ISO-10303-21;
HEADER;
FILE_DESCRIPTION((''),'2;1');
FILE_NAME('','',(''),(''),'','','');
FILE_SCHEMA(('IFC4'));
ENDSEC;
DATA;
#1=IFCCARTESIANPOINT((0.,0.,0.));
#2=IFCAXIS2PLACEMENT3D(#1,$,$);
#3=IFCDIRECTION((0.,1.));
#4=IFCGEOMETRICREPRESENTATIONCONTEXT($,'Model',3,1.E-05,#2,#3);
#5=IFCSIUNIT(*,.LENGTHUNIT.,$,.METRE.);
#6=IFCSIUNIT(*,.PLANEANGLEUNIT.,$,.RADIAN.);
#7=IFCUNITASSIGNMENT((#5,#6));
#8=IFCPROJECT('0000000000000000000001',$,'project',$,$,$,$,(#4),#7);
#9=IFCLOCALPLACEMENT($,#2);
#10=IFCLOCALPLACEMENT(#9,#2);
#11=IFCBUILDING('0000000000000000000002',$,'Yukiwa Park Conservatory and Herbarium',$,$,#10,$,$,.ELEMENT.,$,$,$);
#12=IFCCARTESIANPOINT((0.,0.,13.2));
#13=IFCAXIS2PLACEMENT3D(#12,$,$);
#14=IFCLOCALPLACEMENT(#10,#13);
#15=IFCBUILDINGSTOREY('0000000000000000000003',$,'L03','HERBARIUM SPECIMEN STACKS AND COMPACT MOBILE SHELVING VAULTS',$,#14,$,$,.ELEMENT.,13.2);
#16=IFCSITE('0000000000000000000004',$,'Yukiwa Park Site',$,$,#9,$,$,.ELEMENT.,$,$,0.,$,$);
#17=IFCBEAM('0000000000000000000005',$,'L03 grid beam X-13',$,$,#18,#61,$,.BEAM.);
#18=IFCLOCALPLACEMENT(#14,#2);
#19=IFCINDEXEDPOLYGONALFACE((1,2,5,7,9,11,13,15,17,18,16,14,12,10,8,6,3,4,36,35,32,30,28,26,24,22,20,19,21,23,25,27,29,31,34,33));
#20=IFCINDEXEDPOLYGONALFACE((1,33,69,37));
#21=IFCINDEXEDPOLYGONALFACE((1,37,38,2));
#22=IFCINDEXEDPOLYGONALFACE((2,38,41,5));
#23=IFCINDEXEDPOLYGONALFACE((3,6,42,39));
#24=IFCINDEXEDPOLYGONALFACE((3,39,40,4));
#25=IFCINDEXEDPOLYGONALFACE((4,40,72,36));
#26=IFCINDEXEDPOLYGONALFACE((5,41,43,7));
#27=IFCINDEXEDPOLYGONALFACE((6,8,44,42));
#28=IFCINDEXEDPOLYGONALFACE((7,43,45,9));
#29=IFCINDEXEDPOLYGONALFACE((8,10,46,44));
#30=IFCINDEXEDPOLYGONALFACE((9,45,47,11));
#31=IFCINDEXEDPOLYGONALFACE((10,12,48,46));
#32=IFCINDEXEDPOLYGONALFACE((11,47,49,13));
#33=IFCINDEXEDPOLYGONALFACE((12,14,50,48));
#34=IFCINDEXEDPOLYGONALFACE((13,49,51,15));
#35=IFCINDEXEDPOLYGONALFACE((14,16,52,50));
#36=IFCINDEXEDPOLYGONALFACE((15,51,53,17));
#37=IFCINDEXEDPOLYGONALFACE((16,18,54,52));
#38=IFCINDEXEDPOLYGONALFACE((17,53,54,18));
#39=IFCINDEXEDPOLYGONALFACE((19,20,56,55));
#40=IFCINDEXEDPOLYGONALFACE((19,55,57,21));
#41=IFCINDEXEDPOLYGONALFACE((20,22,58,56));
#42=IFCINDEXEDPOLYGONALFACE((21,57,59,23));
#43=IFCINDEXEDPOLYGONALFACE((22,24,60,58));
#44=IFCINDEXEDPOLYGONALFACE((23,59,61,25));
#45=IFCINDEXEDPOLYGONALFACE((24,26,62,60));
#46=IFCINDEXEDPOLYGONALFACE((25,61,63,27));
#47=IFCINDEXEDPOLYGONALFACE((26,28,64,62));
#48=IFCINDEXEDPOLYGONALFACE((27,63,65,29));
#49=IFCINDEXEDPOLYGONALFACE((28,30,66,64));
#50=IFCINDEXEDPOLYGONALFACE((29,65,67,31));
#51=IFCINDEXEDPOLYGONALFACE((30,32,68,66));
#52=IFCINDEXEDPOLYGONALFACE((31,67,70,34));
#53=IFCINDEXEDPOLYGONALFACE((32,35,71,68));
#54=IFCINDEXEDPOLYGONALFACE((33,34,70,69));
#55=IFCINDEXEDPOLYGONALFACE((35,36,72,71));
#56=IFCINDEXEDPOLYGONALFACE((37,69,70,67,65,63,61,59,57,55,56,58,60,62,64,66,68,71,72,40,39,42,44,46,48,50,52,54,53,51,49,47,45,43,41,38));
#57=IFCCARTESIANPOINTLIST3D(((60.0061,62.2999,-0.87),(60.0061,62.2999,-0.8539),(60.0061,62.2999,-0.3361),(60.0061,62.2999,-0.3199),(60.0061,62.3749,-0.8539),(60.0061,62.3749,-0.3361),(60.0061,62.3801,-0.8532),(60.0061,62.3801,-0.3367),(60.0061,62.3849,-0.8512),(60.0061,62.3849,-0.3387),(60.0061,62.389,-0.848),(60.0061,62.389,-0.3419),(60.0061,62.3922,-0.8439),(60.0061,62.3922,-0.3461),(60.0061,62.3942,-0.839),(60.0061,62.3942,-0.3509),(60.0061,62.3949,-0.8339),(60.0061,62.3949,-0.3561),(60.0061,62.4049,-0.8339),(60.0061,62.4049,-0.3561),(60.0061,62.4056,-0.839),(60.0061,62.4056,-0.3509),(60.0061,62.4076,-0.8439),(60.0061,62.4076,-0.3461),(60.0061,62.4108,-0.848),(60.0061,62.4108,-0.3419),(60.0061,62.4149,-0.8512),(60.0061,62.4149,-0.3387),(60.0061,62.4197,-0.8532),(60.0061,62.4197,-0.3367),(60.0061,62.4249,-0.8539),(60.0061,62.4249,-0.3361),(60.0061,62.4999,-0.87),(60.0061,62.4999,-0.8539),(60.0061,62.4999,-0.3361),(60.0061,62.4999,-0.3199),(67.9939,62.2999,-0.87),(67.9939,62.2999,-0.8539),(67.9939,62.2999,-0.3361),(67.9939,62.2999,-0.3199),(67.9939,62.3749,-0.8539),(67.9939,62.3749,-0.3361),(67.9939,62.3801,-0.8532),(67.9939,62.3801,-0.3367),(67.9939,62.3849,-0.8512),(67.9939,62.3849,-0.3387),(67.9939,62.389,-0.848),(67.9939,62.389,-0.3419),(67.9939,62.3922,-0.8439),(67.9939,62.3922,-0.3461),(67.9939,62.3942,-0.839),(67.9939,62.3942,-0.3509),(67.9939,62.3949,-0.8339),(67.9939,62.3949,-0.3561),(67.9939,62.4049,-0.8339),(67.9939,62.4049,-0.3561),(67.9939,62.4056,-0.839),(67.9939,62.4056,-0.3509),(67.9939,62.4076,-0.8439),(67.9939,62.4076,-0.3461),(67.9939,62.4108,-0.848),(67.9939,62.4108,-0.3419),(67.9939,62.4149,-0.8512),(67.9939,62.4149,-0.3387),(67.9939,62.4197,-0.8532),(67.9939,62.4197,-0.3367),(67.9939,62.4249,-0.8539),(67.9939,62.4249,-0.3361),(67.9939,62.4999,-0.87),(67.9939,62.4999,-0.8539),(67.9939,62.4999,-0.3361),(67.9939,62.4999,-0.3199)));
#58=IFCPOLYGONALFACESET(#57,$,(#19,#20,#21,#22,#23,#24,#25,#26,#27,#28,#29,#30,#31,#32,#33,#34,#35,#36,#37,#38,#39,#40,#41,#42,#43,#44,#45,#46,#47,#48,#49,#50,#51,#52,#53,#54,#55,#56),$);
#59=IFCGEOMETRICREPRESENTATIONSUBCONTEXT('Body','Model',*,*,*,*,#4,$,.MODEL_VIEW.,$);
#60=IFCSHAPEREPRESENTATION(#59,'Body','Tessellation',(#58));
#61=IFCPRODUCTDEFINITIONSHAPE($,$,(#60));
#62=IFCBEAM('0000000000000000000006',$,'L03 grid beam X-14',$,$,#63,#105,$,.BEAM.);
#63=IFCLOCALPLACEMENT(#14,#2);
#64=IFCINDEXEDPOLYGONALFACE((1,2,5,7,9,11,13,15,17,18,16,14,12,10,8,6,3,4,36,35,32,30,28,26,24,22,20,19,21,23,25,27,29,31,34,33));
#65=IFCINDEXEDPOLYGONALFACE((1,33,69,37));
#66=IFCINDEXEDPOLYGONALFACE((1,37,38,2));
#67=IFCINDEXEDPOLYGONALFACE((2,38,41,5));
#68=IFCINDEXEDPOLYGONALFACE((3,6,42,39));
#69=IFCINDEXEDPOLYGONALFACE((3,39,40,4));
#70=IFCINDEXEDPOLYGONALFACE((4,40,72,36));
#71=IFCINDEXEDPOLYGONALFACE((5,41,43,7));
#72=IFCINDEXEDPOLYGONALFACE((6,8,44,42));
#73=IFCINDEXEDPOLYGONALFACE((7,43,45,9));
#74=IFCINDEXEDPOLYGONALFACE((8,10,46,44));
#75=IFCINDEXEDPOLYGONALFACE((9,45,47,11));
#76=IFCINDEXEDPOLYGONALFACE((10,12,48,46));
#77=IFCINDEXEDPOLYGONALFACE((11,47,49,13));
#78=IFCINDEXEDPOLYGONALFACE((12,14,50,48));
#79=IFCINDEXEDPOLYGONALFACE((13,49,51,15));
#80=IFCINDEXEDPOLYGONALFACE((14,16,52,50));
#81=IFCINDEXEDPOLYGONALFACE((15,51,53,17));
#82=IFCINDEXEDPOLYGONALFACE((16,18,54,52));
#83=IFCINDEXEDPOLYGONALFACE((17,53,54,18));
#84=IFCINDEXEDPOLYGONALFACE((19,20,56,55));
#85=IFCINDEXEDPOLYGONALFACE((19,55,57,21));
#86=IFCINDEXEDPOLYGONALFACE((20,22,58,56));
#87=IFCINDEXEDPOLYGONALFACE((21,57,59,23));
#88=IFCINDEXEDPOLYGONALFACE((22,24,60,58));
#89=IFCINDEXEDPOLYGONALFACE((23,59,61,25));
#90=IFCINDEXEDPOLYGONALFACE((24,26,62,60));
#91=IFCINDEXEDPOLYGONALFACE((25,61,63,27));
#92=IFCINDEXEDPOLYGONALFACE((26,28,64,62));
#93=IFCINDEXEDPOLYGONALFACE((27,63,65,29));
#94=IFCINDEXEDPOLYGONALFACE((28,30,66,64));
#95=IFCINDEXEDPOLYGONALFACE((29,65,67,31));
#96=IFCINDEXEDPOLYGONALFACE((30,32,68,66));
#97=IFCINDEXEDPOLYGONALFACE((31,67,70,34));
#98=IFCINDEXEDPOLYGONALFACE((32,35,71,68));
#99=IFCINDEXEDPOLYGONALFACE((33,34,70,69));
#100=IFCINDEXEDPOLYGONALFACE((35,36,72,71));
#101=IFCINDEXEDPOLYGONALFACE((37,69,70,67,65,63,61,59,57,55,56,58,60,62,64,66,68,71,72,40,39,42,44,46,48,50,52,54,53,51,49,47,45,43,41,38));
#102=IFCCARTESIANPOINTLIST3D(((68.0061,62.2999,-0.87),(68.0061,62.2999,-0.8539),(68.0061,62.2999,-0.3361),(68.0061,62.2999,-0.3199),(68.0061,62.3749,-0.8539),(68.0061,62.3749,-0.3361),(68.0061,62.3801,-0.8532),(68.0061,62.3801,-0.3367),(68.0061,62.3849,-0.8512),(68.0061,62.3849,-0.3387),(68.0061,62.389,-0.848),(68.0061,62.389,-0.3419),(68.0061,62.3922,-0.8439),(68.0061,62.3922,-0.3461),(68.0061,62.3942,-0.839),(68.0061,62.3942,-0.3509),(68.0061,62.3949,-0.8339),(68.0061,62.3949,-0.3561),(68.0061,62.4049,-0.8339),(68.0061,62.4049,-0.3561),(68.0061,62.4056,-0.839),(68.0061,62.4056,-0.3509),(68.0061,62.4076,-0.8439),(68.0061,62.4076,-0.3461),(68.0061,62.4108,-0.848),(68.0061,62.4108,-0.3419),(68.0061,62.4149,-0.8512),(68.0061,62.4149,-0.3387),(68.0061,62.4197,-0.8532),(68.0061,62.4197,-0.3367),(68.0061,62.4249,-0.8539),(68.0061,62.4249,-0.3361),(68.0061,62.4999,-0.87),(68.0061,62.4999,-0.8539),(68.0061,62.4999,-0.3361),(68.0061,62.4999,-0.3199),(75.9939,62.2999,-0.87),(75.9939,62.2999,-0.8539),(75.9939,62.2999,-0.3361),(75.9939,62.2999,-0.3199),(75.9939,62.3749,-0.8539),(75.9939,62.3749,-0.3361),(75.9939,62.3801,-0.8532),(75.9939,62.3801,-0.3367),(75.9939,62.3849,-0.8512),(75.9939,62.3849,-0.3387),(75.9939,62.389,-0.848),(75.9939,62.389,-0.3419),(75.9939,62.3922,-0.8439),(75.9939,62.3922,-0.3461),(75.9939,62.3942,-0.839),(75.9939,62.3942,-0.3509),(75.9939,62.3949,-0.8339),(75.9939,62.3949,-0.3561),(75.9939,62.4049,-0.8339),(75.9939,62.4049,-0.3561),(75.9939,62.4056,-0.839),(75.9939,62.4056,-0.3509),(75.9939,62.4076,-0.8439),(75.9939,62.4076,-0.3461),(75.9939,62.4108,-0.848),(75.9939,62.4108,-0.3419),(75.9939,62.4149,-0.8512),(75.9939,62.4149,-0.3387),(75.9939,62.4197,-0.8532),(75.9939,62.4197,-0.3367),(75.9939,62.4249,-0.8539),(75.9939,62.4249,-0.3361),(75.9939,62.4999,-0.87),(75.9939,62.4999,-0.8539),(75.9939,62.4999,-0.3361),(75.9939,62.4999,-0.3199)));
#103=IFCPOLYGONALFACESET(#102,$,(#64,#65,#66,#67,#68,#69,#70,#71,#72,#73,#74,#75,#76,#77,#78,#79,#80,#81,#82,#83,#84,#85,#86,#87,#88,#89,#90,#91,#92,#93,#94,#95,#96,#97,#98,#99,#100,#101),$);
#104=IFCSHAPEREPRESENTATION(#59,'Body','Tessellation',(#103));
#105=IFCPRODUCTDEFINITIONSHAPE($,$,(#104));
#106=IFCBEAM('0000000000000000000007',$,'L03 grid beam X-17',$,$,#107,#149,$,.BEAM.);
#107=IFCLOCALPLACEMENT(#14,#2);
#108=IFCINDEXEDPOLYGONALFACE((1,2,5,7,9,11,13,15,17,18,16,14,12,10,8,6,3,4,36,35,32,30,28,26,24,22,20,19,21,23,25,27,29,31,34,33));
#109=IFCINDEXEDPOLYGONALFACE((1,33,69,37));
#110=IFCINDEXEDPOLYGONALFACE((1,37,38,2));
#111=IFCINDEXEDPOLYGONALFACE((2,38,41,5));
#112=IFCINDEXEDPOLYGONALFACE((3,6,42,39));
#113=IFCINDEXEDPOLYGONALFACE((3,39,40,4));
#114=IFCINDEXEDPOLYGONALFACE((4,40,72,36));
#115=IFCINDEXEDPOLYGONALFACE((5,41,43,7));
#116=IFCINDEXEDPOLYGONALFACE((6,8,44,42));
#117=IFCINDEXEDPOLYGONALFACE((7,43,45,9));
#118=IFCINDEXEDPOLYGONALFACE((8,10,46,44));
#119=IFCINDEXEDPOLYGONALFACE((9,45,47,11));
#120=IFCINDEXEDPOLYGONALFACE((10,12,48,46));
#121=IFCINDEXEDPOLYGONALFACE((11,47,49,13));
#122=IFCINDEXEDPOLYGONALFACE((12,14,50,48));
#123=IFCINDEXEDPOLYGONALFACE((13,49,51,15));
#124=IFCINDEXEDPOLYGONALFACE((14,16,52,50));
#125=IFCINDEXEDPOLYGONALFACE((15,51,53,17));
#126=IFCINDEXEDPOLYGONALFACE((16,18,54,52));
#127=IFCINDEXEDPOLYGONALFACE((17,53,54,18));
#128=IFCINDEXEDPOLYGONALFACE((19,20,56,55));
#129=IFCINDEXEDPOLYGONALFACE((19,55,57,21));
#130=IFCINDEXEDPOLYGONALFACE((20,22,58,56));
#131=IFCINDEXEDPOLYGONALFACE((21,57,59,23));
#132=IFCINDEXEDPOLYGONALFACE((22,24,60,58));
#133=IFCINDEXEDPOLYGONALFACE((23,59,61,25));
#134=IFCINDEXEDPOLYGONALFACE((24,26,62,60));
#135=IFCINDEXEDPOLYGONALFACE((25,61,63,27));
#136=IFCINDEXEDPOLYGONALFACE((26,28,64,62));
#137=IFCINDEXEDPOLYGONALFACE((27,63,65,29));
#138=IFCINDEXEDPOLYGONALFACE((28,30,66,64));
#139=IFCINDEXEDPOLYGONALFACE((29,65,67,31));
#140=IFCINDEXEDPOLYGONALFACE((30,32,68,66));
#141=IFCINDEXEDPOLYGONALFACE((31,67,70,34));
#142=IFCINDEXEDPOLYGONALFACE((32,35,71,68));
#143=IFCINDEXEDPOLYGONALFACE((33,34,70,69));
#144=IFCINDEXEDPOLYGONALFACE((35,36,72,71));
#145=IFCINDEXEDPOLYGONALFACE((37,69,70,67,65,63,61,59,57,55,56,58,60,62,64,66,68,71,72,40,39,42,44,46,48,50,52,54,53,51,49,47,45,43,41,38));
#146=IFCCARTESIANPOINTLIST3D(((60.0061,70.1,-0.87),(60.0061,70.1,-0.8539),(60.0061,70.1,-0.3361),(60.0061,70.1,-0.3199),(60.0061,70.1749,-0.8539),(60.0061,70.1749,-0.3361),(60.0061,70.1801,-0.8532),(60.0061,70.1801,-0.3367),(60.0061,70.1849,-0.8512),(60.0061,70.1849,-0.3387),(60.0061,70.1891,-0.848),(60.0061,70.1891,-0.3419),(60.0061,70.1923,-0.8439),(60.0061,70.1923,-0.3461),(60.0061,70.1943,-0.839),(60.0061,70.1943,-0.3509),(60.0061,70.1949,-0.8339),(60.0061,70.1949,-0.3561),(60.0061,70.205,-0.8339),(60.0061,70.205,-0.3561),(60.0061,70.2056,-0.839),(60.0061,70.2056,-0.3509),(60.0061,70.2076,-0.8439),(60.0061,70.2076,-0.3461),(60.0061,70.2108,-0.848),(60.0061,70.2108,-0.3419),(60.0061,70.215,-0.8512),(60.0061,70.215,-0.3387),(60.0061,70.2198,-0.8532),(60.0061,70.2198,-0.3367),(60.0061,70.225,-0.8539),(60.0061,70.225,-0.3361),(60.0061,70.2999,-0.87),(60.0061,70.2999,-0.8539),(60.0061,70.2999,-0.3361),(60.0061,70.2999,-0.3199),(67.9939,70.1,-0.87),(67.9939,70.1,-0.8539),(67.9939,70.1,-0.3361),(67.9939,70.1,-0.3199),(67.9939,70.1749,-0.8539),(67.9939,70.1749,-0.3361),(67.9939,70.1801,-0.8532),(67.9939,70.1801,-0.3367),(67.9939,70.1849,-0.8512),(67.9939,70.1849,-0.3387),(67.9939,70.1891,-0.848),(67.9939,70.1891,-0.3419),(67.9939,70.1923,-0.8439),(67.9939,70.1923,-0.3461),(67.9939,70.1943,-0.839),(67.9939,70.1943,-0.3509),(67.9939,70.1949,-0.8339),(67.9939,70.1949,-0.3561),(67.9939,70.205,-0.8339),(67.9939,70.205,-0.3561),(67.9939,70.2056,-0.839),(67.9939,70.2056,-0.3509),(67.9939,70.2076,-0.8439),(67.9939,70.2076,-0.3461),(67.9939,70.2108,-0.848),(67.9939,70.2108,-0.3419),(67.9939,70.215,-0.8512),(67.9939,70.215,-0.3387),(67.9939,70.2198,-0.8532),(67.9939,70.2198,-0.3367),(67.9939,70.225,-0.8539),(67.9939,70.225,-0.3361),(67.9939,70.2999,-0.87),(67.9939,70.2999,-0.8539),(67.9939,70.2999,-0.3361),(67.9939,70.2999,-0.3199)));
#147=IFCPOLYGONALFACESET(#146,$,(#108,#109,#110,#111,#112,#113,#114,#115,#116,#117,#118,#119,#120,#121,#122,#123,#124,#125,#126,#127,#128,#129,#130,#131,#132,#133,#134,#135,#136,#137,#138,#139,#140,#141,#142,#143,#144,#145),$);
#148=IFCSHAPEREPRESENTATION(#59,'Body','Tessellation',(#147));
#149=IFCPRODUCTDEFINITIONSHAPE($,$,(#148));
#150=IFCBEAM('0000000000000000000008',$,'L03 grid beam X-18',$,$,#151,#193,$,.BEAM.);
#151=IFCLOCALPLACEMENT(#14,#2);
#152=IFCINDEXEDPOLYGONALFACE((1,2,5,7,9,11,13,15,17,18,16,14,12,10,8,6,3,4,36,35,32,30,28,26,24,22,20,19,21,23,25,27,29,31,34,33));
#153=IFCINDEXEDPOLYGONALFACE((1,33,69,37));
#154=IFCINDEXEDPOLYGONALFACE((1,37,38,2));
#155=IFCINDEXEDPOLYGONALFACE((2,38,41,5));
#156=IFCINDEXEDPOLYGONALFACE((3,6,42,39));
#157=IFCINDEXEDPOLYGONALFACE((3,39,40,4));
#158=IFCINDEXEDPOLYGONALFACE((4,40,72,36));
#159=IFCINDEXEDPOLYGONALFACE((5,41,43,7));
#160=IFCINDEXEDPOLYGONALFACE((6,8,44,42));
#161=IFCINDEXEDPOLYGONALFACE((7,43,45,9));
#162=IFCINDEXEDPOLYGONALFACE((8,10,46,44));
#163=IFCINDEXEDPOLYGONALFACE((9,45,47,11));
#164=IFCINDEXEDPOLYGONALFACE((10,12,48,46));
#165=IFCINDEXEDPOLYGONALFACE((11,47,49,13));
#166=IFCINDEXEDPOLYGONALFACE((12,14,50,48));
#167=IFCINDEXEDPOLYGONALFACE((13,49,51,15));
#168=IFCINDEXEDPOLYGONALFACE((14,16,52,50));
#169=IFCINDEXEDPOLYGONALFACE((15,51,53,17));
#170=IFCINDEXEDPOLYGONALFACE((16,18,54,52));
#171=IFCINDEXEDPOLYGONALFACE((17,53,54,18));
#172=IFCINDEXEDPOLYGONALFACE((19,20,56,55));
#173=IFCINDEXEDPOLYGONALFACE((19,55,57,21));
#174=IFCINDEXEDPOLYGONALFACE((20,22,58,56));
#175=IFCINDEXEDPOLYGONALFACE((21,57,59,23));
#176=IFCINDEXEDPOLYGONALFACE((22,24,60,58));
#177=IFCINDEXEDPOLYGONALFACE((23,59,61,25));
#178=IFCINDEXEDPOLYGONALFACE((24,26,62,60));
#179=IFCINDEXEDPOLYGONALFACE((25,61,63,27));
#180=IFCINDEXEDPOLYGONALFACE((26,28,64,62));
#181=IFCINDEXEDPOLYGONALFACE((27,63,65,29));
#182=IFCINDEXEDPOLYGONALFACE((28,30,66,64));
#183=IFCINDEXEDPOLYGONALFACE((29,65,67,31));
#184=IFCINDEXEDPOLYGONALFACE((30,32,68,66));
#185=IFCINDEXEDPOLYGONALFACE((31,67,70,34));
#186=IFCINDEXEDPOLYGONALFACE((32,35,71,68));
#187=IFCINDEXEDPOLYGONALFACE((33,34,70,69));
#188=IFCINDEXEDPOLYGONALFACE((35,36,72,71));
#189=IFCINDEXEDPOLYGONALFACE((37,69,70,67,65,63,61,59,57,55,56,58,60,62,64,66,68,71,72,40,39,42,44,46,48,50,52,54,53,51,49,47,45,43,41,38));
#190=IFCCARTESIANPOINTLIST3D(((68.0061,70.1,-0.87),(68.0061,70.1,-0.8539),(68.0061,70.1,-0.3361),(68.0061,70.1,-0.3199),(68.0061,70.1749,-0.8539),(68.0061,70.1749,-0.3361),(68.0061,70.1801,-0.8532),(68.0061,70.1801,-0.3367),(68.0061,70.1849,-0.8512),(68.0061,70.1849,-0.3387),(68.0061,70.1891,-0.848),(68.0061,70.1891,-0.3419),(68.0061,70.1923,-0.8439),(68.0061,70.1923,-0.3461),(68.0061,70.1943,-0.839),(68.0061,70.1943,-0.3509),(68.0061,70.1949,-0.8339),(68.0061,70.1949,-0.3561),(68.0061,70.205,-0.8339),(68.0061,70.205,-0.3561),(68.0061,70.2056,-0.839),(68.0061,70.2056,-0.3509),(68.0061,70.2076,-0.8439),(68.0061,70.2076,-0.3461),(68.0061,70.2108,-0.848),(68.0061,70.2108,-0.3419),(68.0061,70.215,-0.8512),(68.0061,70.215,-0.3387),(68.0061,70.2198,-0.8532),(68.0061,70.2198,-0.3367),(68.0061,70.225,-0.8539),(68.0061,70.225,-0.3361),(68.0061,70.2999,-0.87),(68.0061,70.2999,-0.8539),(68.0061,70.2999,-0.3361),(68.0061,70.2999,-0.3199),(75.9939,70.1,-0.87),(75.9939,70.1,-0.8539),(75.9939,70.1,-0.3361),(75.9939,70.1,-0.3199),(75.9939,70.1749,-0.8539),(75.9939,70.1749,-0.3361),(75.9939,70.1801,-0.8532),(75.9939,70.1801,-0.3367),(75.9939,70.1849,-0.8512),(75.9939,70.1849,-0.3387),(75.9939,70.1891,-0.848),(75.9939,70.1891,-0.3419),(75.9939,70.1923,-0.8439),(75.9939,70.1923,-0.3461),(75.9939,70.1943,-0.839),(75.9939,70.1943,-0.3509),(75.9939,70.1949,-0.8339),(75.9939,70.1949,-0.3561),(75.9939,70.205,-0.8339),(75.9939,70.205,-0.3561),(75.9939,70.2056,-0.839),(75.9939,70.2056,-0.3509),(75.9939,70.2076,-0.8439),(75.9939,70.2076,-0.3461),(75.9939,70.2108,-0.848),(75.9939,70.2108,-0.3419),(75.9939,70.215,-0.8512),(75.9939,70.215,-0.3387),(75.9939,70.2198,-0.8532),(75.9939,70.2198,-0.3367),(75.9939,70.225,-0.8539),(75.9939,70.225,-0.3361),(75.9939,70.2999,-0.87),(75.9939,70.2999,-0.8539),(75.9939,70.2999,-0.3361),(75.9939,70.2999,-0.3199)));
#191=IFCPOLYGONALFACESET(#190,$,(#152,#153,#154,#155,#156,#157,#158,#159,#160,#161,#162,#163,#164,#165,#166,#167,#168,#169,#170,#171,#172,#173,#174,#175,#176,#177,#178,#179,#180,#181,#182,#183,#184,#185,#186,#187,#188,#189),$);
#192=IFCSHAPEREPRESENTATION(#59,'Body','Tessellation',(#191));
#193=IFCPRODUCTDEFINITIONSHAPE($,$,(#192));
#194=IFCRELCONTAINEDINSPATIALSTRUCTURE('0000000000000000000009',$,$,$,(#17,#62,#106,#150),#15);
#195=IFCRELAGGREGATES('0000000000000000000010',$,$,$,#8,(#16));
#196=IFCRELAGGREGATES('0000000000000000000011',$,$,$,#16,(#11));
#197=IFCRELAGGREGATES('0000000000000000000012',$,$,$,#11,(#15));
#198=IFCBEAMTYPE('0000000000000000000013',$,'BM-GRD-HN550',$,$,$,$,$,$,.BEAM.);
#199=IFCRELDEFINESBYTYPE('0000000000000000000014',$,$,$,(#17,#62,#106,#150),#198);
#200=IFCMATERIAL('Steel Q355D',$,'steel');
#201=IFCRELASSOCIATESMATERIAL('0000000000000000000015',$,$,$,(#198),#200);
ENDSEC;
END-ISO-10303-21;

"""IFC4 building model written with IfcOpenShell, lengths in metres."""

from ifc_helpers import new_model, si_unit, direction, frame, origin, origin_2d, place, context, subcontext, project, spatial, i_section, extrude, material, material_profile, profile_set, type_object, element, save


model = new_model("IFC4")

# Units and contexts
model_context = context("Model", 3, precision=1e-05, world=origin(), true_north=direction((0.0, 1.0)))
body_context = subcontext(model_context, "Body", "Model", "MODEL_VIEW")
ifc_project = project(units=[si_unit("LENGTHUNIT", "METRE"), si_unit("PLANEANGLEUNIT", "RADIAN")], contexts=[model_context])

# Site, building, storey
site_placement = place(None, origin())
site = spatial("IfcSite", under=ifc_project, at=site_placement, Name="Yukiwa Park Site", CompositionType="ELEMENT", RefElevation=0.0)
building_placement = place(site_placement, origin())
building = spatial("IfcBuilding", under=site, at=building_placement, Name="Yukiwa Park Conservatory and Herbarium", CompositionType="ELEMENT")
storey_placement = place(building_placement, frame((0.0, 0.0, 13.2)))
storey = spatial("IfcBuildingStorey", under=building, at=storey_placement, Name="L03", Description="HERBARIUM SPECIMEN STACKS AND COMPACT MOBILE SHELVING VAULTS", CompositionType="ELEMENT", Elevation=13.2)

# Beams
ifc_material_1 = material(Name="Steel Q355D", Category="steel")
ifc_material_profile_1 = material_profile(ifc_material_1, i_section(OverallWidth=0.2, OverallDepth=0.55, WebThickness=0.01, FlangeThickness=0.0161, FilletRadius=0.02, at=origin_2d()), Name="HN 550x200x10x16")
ifc_profile_set_1 = profile_set([ifc_material_profile_1], Name="Steel Q355D")
beam_type_1 = type_object("IfcBeamType", Name="BM-GRD-HN550", PredefinedType="BEAM", material=ifc_profile_set_1)
for number, where, z_axis, x_axis, name in (
    (1, (60.0061, 62.3999, -0.595), (1.0, 0.0, 0.0), (0.0, 1.0, 0.0), "L03 grid beam X-13"),
    (2, (68.0061, 62.3999, -0.595), (1.0, 0.0, 0.0), (0.0, 1.0, 0.0), "L03 grid beam X-14"),
    (3, (60.0061, 70.2, -0.595), (1.0, 0.0, 0.0), (0.0, 1.0, 0.0), "L03 grid beam X-17"),
    (4, (68.0061, 70.2, -0.595), (1.0, 0.0, 0.0), (0.0, 1.0, 0.0), "L03 grid beam X-18"),
):
    element("IfcBeam", number, at=place(storey_placement, frame(where, z_axis=z_axis, x_axis=x_axis)), inside=storey, type_object=beam_type_1, Name=name, PredefinedType="BEAM", context=body_context, shape_type="SweptSolid", body=[
        extrude(i_section(OverallWidth=0.2, OverallDepth=0.55, WebThickness=0.01, FlangeThickness=0.0161, FilletRadius=0.02, at=origin_2d()), origin(), (0.0, 0.0, 1.0), 7.9878),
    ])

save(model, "model.ifc")
